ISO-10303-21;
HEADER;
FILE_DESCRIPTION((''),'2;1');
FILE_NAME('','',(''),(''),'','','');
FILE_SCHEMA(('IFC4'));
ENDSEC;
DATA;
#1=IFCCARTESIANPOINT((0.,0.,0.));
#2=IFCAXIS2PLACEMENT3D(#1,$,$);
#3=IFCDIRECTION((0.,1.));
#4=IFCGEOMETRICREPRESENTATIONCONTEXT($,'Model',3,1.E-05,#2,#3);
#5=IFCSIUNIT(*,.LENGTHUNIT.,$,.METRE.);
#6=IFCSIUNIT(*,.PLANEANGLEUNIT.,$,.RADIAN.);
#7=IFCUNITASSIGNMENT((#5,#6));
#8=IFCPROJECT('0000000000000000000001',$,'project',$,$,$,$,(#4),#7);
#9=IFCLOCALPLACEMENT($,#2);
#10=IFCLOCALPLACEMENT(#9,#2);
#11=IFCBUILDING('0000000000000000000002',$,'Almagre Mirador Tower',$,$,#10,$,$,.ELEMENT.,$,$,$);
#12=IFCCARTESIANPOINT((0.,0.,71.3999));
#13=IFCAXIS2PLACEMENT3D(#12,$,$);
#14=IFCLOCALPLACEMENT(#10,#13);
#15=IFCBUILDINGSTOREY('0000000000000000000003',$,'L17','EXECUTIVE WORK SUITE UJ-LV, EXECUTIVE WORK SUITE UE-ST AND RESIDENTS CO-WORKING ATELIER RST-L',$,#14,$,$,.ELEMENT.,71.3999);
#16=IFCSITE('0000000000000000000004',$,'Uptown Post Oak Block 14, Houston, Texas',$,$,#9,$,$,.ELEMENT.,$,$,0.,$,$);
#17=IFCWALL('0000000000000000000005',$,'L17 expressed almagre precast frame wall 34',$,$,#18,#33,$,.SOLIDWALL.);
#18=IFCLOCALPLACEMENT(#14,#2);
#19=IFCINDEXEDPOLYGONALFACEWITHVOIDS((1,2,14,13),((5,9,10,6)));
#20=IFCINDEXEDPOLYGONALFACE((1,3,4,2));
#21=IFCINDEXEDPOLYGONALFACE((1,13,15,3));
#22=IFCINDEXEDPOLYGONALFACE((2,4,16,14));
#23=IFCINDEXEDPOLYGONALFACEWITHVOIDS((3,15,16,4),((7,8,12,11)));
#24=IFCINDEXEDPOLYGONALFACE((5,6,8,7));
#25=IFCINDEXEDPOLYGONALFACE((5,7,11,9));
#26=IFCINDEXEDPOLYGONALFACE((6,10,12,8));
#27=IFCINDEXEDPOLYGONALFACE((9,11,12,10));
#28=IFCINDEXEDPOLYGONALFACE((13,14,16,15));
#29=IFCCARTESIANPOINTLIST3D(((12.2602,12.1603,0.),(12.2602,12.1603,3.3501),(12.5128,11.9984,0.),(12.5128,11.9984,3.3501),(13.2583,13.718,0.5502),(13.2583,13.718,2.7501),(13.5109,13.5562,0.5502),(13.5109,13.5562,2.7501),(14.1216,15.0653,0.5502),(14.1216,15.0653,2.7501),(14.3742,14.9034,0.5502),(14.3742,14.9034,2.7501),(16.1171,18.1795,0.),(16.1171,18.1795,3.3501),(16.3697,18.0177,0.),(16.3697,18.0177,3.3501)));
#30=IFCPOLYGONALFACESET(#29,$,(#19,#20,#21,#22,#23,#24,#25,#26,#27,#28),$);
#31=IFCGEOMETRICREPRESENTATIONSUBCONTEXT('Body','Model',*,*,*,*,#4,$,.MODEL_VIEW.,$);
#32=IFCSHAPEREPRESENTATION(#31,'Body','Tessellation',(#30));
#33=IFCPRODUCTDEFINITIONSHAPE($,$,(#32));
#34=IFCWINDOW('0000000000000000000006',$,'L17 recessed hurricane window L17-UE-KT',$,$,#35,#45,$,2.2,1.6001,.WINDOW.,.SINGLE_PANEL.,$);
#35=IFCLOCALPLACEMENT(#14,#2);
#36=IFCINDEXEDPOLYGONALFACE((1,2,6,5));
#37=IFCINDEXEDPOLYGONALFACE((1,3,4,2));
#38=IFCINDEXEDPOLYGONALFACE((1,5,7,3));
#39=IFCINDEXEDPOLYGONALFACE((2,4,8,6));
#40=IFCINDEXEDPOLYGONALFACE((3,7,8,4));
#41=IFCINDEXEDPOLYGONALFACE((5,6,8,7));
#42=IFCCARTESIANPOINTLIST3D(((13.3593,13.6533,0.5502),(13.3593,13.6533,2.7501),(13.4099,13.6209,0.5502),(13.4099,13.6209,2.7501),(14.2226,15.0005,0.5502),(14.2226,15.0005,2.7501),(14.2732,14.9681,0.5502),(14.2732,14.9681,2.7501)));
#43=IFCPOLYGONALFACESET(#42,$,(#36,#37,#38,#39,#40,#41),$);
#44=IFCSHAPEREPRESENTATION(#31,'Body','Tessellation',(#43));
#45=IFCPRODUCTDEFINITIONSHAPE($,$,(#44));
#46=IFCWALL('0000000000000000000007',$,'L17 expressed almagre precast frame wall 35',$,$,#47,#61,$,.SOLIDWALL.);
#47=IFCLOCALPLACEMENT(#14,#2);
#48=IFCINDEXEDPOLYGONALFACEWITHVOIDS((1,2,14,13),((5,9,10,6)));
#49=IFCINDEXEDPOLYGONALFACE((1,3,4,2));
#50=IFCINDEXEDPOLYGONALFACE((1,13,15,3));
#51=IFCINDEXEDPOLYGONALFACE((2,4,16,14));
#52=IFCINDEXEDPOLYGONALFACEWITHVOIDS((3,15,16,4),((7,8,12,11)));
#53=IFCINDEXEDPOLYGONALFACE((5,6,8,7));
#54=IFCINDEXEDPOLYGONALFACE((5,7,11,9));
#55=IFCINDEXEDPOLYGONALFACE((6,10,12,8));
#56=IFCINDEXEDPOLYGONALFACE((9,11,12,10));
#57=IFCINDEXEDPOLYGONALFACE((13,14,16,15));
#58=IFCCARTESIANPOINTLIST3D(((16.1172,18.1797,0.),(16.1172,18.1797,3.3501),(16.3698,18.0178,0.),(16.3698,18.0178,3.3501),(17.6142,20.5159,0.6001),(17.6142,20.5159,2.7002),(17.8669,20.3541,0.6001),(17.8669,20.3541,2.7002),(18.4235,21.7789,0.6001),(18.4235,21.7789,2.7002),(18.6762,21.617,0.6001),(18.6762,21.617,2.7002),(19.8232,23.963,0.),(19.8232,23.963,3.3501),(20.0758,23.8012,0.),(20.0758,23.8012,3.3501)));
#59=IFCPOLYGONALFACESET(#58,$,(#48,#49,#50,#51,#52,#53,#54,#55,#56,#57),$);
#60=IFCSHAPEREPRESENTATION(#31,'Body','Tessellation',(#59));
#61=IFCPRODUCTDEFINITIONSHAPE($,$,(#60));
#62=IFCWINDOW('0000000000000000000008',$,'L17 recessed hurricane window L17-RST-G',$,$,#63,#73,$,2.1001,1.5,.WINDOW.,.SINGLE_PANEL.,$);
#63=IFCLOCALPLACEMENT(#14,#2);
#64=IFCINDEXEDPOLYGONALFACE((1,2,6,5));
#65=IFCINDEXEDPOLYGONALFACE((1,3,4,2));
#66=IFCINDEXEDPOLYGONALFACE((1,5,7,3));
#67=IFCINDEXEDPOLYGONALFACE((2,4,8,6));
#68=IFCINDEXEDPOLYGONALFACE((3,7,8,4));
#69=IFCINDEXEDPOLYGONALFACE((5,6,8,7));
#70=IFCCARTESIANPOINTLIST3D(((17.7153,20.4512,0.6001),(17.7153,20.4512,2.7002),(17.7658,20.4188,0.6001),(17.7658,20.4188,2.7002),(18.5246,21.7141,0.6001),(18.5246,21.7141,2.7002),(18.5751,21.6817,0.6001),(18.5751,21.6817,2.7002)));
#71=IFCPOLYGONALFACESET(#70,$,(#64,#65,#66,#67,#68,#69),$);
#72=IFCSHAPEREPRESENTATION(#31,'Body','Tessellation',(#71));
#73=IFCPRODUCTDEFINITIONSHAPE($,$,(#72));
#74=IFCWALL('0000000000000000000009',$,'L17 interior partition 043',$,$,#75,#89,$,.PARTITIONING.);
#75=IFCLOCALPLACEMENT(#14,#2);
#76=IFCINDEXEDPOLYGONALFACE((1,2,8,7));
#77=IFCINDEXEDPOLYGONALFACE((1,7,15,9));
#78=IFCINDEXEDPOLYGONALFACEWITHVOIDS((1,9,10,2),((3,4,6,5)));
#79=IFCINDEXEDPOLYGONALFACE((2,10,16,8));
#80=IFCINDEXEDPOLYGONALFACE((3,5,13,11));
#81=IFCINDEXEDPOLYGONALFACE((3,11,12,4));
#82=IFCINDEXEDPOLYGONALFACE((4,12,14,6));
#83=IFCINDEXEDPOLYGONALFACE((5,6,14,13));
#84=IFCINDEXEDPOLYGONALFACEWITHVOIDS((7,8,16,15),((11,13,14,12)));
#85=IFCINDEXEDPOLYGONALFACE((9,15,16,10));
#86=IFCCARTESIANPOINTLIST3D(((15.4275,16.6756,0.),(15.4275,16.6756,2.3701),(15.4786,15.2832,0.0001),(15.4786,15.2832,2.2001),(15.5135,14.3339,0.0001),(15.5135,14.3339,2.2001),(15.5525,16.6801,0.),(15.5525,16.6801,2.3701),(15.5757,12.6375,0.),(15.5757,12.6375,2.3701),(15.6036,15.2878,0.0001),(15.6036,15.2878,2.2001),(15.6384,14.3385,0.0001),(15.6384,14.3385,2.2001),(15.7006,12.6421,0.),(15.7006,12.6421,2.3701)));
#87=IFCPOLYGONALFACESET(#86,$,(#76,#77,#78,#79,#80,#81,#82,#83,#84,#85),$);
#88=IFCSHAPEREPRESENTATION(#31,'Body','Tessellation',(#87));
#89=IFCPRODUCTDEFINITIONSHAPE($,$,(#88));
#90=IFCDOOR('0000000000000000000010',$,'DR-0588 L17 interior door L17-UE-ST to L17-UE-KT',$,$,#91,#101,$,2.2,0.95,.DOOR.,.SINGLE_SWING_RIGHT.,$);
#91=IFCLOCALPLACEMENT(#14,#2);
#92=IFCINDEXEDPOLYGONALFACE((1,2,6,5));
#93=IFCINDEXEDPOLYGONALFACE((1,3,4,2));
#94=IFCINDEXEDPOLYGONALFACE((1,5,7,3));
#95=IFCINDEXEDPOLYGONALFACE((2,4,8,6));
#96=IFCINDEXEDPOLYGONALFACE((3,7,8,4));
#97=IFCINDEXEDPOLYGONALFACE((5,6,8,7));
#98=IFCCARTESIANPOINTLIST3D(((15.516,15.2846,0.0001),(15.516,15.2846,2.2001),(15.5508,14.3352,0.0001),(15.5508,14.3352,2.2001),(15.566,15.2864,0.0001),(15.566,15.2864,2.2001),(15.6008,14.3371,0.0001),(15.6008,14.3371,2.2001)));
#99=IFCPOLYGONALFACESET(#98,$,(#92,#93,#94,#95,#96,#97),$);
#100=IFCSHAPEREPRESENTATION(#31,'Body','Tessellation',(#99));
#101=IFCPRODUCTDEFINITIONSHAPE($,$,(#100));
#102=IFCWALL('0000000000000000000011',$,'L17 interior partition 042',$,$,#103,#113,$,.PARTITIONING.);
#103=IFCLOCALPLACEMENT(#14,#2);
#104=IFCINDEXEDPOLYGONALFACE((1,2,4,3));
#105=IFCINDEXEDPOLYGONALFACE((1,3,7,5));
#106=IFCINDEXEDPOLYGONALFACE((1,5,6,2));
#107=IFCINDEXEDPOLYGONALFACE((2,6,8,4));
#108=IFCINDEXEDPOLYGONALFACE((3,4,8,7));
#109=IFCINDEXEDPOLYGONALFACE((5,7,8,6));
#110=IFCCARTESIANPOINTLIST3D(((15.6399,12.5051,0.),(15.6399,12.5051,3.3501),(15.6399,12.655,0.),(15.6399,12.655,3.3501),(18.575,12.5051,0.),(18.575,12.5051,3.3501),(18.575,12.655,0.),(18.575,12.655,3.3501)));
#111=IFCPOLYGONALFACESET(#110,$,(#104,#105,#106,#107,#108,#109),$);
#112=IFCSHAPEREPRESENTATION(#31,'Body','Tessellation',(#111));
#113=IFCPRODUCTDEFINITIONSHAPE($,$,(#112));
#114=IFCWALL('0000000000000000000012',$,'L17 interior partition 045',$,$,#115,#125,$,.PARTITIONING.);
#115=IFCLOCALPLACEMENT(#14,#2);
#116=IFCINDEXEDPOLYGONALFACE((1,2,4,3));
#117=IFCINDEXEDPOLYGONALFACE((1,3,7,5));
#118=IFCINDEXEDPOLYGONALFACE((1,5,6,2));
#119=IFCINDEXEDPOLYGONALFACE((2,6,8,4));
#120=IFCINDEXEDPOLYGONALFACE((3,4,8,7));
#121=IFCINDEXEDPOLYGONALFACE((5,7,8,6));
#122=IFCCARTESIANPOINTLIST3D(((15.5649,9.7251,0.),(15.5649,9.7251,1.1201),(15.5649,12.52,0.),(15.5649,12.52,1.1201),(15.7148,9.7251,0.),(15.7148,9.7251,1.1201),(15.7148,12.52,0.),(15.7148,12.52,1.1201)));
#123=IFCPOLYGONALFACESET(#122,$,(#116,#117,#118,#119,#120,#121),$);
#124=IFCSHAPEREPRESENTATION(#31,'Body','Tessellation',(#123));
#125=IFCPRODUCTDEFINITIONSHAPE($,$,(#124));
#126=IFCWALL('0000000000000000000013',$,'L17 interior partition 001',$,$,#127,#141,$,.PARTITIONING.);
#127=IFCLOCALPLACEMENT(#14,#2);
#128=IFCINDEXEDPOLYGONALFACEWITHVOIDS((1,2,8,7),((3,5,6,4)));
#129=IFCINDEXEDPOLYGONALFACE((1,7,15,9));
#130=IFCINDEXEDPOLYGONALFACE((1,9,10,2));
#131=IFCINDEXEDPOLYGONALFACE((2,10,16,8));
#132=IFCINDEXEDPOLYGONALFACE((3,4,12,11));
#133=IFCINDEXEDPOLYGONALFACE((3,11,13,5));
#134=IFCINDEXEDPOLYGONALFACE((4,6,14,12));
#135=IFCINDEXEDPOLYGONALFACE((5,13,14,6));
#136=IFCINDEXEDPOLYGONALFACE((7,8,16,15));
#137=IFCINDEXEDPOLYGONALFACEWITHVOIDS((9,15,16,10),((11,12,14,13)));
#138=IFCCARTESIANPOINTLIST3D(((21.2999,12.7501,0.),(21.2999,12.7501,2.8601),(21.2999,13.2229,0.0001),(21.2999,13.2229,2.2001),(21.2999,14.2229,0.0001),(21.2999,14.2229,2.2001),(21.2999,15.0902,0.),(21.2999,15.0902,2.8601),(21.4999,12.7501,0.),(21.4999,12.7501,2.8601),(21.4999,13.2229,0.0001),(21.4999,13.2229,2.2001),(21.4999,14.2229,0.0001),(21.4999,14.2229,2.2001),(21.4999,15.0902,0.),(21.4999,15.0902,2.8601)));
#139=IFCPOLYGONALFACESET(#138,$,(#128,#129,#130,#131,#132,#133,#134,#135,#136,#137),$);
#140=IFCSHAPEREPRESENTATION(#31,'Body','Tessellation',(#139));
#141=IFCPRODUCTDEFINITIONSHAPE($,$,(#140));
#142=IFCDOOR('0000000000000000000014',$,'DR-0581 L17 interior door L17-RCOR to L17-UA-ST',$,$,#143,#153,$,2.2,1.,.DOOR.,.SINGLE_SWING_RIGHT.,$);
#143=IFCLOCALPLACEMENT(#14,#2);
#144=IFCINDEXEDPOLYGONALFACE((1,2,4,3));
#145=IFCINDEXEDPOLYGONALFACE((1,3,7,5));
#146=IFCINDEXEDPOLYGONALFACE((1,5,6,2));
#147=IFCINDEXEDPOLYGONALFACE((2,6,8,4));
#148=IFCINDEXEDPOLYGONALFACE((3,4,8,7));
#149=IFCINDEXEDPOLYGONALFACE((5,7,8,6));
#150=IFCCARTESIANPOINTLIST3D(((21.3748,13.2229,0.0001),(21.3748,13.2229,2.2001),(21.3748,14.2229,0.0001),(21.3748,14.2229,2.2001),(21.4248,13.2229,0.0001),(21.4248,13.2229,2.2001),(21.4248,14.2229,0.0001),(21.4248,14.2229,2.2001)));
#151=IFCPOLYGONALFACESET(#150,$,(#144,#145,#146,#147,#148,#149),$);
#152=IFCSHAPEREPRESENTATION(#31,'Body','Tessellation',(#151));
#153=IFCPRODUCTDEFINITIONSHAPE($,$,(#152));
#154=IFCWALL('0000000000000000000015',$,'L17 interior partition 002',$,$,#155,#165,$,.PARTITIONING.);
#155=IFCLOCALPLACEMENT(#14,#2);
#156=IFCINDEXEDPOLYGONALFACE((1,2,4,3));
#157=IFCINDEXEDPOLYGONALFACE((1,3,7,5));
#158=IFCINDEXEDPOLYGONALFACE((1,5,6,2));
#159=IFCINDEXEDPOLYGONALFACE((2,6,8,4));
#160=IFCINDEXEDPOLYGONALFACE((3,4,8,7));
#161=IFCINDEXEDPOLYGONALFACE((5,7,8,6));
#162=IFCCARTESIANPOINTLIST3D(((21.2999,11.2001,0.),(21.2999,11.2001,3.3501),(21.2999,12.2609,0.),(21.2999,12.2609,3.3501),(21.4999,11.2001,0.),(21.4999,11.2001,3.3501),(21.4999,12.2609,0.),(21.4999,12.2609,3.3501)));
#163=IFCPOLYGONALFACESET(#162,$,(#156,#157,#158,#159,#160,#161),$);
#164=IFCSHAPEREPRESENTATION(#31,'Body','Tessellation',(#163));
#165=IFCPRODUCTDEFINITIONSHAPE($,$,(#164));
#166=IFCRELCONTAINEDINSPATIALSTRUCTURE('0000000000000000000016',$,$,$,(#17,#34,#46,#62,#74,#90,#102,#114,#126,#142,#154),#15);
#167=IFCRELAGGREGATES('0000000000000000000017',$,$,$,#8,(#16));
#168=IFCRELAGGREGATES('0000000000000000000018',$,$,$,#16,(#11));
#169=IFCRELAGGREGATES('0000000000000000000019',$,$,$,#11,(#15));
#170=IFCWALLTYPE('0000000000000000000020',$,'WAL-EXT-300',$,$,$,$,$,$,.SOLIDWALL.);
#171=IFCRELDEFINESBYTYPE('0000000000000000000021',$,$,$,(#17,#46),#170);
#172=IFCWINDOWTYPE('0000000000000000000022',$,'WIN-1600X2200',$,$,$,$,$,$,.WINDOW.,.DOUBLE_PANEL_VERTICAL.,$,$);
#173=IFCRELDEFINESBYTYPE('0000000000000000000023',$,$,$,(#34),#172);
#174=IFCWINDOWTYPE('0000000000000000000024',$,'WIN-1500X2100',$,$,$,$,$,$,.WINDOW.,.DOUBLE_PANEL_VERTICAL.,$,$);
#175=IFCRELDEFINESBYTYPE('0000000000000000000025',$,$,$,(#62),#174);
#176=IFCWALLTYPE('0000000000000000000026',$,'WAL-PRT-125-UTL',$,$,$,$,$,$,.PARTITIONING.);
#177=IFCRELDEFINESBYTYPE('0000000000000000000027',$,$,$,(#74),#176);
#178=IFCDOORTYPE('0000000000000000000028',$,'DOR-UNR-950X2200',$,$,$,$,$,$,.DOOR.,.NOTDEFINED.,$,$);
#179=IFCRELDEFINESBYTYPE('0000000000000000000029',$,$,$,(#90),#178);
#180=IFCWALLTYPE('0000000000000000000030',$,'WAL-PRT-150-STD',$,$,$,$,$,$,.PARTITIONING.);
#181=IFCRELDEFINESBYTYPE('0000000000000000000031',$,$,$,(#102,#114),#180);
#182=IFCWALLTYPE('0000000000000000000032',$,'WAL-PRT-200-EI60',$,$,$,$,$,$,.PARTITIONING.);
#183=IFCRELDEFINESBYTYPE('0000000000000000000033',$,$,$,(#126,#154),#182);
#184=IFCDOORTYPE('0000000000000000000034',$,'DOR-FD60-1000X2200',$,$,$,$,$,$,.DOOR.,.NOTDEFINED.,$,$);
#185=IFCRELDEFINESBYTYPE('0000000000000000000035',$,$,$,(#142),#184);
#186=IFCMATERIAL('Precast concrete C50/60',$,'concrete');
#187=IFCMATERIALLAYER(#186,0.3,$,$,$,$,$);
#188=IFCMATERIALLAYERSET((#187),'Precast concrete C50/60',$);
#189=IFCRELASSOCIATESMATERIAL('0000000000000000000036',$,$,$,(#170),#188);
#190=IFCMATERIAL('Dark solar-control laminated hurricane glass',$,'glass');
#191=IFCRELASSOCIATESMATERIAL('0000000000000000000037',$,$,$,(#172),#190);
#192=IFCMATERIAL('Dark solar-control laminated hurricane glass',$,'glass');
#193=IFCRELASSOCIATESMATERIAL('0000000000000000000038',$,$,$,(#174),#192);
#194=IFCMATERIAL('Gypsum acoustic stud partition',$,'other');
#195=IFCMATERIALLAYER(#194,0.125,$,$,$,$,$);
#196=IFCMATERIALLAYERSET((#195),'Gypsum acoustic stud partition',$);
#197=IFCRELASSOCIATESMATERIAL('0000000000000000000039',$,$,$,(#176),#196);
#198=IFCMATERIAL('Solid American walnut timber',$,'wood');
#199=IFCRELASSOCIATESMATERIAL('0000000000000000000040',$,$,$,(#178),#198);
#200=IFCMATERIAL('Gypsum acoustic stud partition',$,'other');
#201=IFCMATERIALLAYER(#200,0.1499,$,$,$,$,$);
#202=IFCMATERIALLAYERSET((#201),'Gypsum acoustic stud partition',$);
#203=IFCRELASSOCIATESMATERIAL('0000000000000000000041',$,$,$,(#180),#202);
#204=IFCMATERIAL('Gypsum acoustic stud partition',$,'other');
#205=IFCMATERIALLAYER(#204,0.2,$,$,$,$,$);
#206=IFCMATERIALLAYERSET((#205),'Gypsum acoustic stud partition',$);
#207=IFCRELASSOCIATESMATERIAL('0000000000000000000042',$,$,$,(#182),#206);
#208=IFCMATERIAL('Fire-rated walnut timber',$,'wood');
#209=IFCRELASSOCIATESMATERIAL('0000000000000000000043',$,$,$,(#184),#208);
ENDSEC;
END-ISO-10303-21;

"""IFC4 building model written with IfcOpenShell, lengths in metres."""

from ifc_helpers import new_model, si_unit, direction, frame, frame_2d, origin, place, context, subcontext, project, spatial, rectangle, extrude, material, layer, layer_set, type_object, element, fill, save


model = new_model("IFC4")

# Units and contexts
model_context = context("Model", 3, precision=1e-05, world=origin(), true_north=direction((0.0, 1.0)))
body_context = subcontext(model_context, "Body", "Model", "MODEL_VIEW")
ifc_project = project(units=[si_unit("LENGTHUNIT", "METRE"), si_unit("PLANEANGLEUNIT", "RADIAN")], contexts=[model_context])

# Site, building, storey
site_placement = place(None, origin())
site = spatial("IfcSite", under=ifc_project, at=site_placement, Name="Uptown Post Oak Block 14, Houston, Texas", CompositionType="ELEMENT", RefElevation=0.0)
building_placement = place(site_placement, origin())
building = spatial("IfcBuilding", under=site, at=building_placement, Name="Almagre Mirador Tower", CompositionType="ELEMENT")
storey_placement = place(building_placement, frame((0.0, 0.0, 71.3999)))
storey = spatial("IfcBuildingStorey", under=building, at=storey_placement, Name="L17", Description="EXECUTIVE WORK SUITE UJ-LV, EXECUTIVE WORK SUITE UE-ST AND RESIDENTS CO-WORKING ATELIER RST-L", CompositionType="ELEMENT", Elevation=71.3999)

# Walls, openings, windows
ifc_material_1 = material(Name="Precast concrete C50/60", Category="concrete")
ifc_layer_1 = layer(ifc_material_1, 0.3)
ifc_layer_set_1 = layer_set([ifc_layer_1], Name="Precast concrete C50/60")
wall_type_1 = type_object("IfcWallType", Name="WAL-EXT-300", PredefinedType="SOLIDWALL", material=ifc_layer_set_1)
wall_1_placement = place(storey_placement, frame((12.3865, 12.0793, 0.0), z_axis=(0.0, 0.0, 1.0), x_axis=(0.539509, 0.84198, 0.0)))
wall_1 = element("IfcWall", 1, at=wall_1_placement, inside=storey, type_object=wall_type_1, Name="L17 expressed almagre precast frame wall 34", PredefinedType="SOLIDWALL", context=body_context, shape_type="SweptSolid", body=[
    extrude(rectangle(XDim=7.1489, YDim=0.3, at=frame_2d((3.5745, 0.0))), origin(), (0.0, 0.0, 1.0), 3.3501),
])
opening_1_placement = place(wall_1_placement, frame((1.8501, 0.0, 0.55)))
opening_1 = element("IfcOpeningElement", 2, at=opening_1_placement, cuts=wall_1, PredefinedType="OPENING", context=body_context, shape_type="SweptSolid", body=[
    extrude(rectangle(XDim=1.6001, YDim=2.2, at=frame_2d((0.8, 1.1001))), frame((0.0, 0.1599, 0.0), z_axis=(0.0, -1.0, 0.0), x_axis=(1.0, 0.0, 0.0)), (0.0, 0.0, 1.0), 0.32),
])
ifc_material_2 = material(Name="Dark solar-control laminated hurricane glass", Category="glass")
window_type_1 = type_object("IfcWindowType", Name="WIN-1600X2200", PartitioningType="DOUBLE_PANEL_VERTICAL", PredefinedType="WINDOW", material=ifc_material_2)
window_1_placement = place(opening_1_placement, origin())
window_1 = element("IfcWindow", 3, at=window_1_placement, inside=storey, type_object=window_type_1, Name="L17 recessed hurricane window L17-UE-KT", OverallHeight=2.2, OverallWidth=1.6001, PartitioningType="SINGLE_PANEL", PredefinedType="WINDOW", context=body_context, shape_type="SweptSolid", body=[
    extrude(rectangle(XDim=1.6001, YDim=2.2, at=frame_2d((0.8, 1.1001))), frame((0.0, 0.03, 0.0), z_axis=(0.0, -1.0, 0.0), x_axis=(1.0, 0.0, 0.0)), (0.0, 0.0, 1.0), 0.0601),
])
fill(opening_1, window_1)
wall_2_placement = place(storey_placement, frame((16.2434, 18.0986, 0.0), z_axis=(0.0, 0.0, 1.0), x_axis=(0.539534, 0.841964, 0.0)))
wall_2 = element("IfcWall", 4, at=wall_2_placement, inside=storey, type_object=wall_type_1, Name="L17 expressed almagre precast frame wall 35", PredefinedType="SOLIDWALL", context=body_context, shape_type="SweptSolid", body=[
    extrude(rectangle(XDim=6.8689, YDim=0.3, at=frame_2d((3.4346, 0.0))), origin(), (0.0, 0.0, 1.0), 3.3501),
])
opening_2_placement = place(wall_2_placement, frame((2.7749, 0.0, 0.6001)))
opening_2 = element("IfcOpeningElement", 5, at=opening_2_placement, cuts=wall_2, PredefinedType="OPENING", context=body_context, shape_type="SweptSolid", body=[
    extrude(rectangle(XDim=1.5, YDim=2.1001, at=frame_2d((0.75, 1.05))), frame((0.0, 0.1599, 0.0), z_axis=(0.0, -1.0, 0.0), x_axis=(1.0, 0.0, 0.0)), (0.0, 0.0, 1.0), 0.32),
])
ifc_material_3 = material(Name="Dark solar-control laminated hurricane glass", Category="glass")
window_type_2 = type_object("IfcWindowType", Name="WIN-1500X2100", PartitioningType="DOUBLE_PANEL_VERTICAL", PredefinedType="WINDOW", material=ifc_material_3)
window_2_placement = place(opening_2_placement, origin())
window_2 = element("IfcWindow", 6, at=window_2_placement, inside=storey, type_object=window_type_2, Name="L17 recessed hurricane window L17-RST-G", OverallHeight=2.1001, OverallWidth=1.5, PartitioningType="SINGLE_PANEL", PredefinedType="WINDOW", context=body_context, shape_type="SweptSolid", body=[
    extrude(rectangle(XDim=1.5, YDim=2.1001, at=frame_2d((0.75, 1.05))), frame((0.0, 0.03, 0.0), z_axis=(0.0, -1.0, 0.0), x_axis=(1.0, 0.0, 0.0)), (0.0, 0.0, 1.0), 0.0601),
])
fill(opening_2, window_2)

# Wall, opening, door
ifc_material_4 = material(Name="Gypsum acoustic stud partition", Category="other")
ifc_layer_2 = layer(ifc_material_4, 0.125)
ifc_layer_set_2 = layer_set([ifc_layer_2], Name="Gypsum acoustic stud partition")
wall_type_2 = type_object("IfcWallType", Name="WAL-PRT-125-UTL", PredefinedType="PARTITIONING", material=ifc_layer_set_2)
wall_3_placement = place(storey_placement, frame((15.49, 16.678, 0.0), z_axis=(0.0, 0.0, 1.0), x_axis=(0.036674, -0.999327, 0.0)))
wall_3 = element("IfcWall", 7, at=wall_3_placement, inside=storey, type_object=wall_type_2, Name="L17 interior partition 043", PredefinedType="PARTITIONING", context=body_context, shape_type="SweptSolid", body=[
    extrude(rectangle(XDim=4.0408, YDim=0.125, at=frame_2d((2.0205, 0.0))), origin(), (0.0, 0.0, 1.0), 2.3701),
])
opening_3_placement = place(wall_3_placement, frame((1.3933, 0.0, 0.0)))
opening_3 = element("IfcOpeningElement", 8, at=opening_3_placement, cuts=wall_3, PredefinedType="OPENING", context=body_context, shape_type="SweptSolid", body=[
    extrude(rectangle(XDim=0.95, YDim=2.2, at=frame_2d((0.4751, 1.1001))), frame((0.0, 0.0725, 0.0), z_axis=(0.0, -1.0, 0.0), x_axis=(1.0, 0.0, 0.0)), (0.0, 0.0, 1.0), 0.145),
])
ifc_material_5 = material(Name="Solid American walnut timber", Category="wood")
door_type_1 = type_object("IfcDoorType", Name="DOR-UNR-950X2200", OperationType="NOTDEFINED", PredefinedType="DOOR", material=ifc_material_5)
door_1_placement = place(opening_3_placement, origin())
door_1 = element("IfcDoor", 9, at=door_1_placement, inside=storey, type_object=door_type_1, Name="DR-0588 L17 interior door L17-UE-ST to L17-UE-KT", OperationType="SINGLE_SWING_RIGHT", OverallHeight=2.2, OverallWidth=0.95, PredefinedType="DOOR", context=body_context, shape_type="SweptSolid", body=[
    extrude(rectangle(XDim=0.95, YDim=2.2, at=frame_2d((0.4751, 1.1001))), frame((0.0, 0.0249, 0.0), z_axis=(0.0, -1.0, 0.0), x_axis=(1.0, 0.0, 0.0)), (0.0, 0.0, 1.0), 0.05),
])
fill(opening_3, door_1)

# Walls
ifc_material_6 = material(Name="Gypsum acoustic stud partition", Category="other")
ifc_layer_3 = layer(ifc_material_6, 0.1499)
ifc_layer_set_3 = layer_set([ifc_layer_3], Name="Gypsum acoustic stud partition")
wall_type_3 = type_object("IfcWallType", Name="WAL-PRT-150-STD", PredefinedType="PARTITIONING", material=ifc_layer_set_3)
wall_4_placement = place(storey_placement, frame((15.6399, 12.5801, 0.0), z_axis=(0.0, 0.0, 1.0), x_axis=(1.0, 0.0, 0.0)))
element("IfcWall", 10, at=wall_4_placement, inside=storey, type_object=wall_type_3, Name="L17 interior partition 042", PredefinedType="PARTITIONING", context=body_context, shape_type="SweptSolid", body=[
    extrude(rectangle(XDim=2.9351, YDim=0.1499, at=frame_2d((1.4675, 0.0))), origin(), (0.0, 0.0, 1.0), 3.3501),
])
wall_5_placement = place(storey_placement, frame((15.6399, 12.52, 0.0), z_axis=(0.0, 0.0, 1.0), x_axis=(0.0, -1.0, 0.0)))
element("IfcWall", 11, at=wall_5_placement, inside=storey, type_object=wall_type_3, Name="L17 interior partition 045", PredefinedType="PARTITIONING", context=body_context, shape_type="SweptSolid", body=[
    extrude(rectangle(XDim=2.7949, YDim=0.1499, at=frame_2d((1.3975, 0.0))), origin(), (0.0, 0.0, 1.0), 1.1201),
])

# Wall, opening, door
ifc_material_7 = material(Name="Gypsum acoustic stud partition", Category="other")
ifc_layer_4 = layer(ifc_material_7, 0.2)
ifc_layer_set_4 = layer_set([ifc_layer_4], Name="Gypsum acoustic stud partition")
wall_type_4 = type_object("IfcWallType", Name="WAL-PRT-200-EI60", PredefinedType="PARTITIONING", material=ifc_layer_set_4)
wall_6_placement = place(storey_placement, frame((21.3999, 15.0901, 0.0), z_axis=(0.0, 0.0, 1.0), x_axis=(0.0, -1.0, 0.0)))
wall_6 = element("IfcWall", 12, at=wall_6_placement, inside=storey, type_object=wall_type_4, Name="L17 interior partition 001", PredefinedType="PARTITIONING", context=body_context, shape_type="SweptSolid", body=[
    extrude(rectangle(XDim=2.3401, YDim=0.2, at=frame_2d((1.1699, 0.0))), origin(), (0.0, 0.0, 1.0), 2.8601),
])
opening_4_placement = place(wall_6_placement, frame((0.8672, 0.0, 0.0)))
opening_4 = element("IfcOpeningElement", 13, at=opening_4_placement, cuts=wall_6, PredefinedType="OPENING", context=body_context, shape_type="SweptSolid", body=[
    extrude(rectangle(XDim=1.0, YDim=2.2, at=frame_2d((0.5, 1.1001))), frame((0.0, 0.1101, 0.0), z_axis=(0.0, -1.0, 0.0), x_axis=(1.0, 0.0, 0.0)), (0.0, 0.0, 1.0), 0.22),
])
ifc_material_8 = material(Name="Fire-rated walnut timber", Category="wood")
door_type_2 = type_object("IfcDoorType", Name="DOR-FD60-1000X2200", OperationType="NOTDEFINED", PredefinedType="DOOR", material=ifc_material_8)
door_2_placement = place(opening_4_placement, origin())
door_2 = element("IfcDoor", 14, at=door_2_placement, inside=storey, type_object=door_type_2, Name="DR-0581 L17 interior door L17-RCOR to L17-UA-ST", OperationType="SINGLE_SWING_RIGHT", OverallHeight=2.2, OverallWidth=1.0, PredefinedType="DOOR", context=body_context, shape_type="SweptSolid", body=[
    extrude(rectangle(XDim=1.0, YDim=2.2, at=frame_2d((0.5, 1.1001))), frame((0.0, 0.0249, 0.0), z_axis=(0.0, -1.0, 0.0), x_axis=(1.0, 0.0, 0.0)), (0.0, 0.0, 1.0), 0.05),
])
fill(opening_4, door_2)

# Wall
wall_7_placement = place(storey_placement, frame((21.3999, 12.2607, 0.0), z_axis=(0.0, 0.0, 1.0), x_axis=(0.0, -1.0, 0.0)))
element("IfcWall", 15, at=wall_7_placement, inside=storey, type_object=wall_type_4, Name="L17 interior partition 002", PredefinedType="PARTITIONING", context=body_context, shape_type="SweptSolid", body=[
    extrude(rectangle(XDim=1.0608, YDim=0.2, at=frame_2d((0.5303, 0.0))), origin(), (0.0, 0.0, 1.0), 3.3501),
])

save(model, "model.ifc")
